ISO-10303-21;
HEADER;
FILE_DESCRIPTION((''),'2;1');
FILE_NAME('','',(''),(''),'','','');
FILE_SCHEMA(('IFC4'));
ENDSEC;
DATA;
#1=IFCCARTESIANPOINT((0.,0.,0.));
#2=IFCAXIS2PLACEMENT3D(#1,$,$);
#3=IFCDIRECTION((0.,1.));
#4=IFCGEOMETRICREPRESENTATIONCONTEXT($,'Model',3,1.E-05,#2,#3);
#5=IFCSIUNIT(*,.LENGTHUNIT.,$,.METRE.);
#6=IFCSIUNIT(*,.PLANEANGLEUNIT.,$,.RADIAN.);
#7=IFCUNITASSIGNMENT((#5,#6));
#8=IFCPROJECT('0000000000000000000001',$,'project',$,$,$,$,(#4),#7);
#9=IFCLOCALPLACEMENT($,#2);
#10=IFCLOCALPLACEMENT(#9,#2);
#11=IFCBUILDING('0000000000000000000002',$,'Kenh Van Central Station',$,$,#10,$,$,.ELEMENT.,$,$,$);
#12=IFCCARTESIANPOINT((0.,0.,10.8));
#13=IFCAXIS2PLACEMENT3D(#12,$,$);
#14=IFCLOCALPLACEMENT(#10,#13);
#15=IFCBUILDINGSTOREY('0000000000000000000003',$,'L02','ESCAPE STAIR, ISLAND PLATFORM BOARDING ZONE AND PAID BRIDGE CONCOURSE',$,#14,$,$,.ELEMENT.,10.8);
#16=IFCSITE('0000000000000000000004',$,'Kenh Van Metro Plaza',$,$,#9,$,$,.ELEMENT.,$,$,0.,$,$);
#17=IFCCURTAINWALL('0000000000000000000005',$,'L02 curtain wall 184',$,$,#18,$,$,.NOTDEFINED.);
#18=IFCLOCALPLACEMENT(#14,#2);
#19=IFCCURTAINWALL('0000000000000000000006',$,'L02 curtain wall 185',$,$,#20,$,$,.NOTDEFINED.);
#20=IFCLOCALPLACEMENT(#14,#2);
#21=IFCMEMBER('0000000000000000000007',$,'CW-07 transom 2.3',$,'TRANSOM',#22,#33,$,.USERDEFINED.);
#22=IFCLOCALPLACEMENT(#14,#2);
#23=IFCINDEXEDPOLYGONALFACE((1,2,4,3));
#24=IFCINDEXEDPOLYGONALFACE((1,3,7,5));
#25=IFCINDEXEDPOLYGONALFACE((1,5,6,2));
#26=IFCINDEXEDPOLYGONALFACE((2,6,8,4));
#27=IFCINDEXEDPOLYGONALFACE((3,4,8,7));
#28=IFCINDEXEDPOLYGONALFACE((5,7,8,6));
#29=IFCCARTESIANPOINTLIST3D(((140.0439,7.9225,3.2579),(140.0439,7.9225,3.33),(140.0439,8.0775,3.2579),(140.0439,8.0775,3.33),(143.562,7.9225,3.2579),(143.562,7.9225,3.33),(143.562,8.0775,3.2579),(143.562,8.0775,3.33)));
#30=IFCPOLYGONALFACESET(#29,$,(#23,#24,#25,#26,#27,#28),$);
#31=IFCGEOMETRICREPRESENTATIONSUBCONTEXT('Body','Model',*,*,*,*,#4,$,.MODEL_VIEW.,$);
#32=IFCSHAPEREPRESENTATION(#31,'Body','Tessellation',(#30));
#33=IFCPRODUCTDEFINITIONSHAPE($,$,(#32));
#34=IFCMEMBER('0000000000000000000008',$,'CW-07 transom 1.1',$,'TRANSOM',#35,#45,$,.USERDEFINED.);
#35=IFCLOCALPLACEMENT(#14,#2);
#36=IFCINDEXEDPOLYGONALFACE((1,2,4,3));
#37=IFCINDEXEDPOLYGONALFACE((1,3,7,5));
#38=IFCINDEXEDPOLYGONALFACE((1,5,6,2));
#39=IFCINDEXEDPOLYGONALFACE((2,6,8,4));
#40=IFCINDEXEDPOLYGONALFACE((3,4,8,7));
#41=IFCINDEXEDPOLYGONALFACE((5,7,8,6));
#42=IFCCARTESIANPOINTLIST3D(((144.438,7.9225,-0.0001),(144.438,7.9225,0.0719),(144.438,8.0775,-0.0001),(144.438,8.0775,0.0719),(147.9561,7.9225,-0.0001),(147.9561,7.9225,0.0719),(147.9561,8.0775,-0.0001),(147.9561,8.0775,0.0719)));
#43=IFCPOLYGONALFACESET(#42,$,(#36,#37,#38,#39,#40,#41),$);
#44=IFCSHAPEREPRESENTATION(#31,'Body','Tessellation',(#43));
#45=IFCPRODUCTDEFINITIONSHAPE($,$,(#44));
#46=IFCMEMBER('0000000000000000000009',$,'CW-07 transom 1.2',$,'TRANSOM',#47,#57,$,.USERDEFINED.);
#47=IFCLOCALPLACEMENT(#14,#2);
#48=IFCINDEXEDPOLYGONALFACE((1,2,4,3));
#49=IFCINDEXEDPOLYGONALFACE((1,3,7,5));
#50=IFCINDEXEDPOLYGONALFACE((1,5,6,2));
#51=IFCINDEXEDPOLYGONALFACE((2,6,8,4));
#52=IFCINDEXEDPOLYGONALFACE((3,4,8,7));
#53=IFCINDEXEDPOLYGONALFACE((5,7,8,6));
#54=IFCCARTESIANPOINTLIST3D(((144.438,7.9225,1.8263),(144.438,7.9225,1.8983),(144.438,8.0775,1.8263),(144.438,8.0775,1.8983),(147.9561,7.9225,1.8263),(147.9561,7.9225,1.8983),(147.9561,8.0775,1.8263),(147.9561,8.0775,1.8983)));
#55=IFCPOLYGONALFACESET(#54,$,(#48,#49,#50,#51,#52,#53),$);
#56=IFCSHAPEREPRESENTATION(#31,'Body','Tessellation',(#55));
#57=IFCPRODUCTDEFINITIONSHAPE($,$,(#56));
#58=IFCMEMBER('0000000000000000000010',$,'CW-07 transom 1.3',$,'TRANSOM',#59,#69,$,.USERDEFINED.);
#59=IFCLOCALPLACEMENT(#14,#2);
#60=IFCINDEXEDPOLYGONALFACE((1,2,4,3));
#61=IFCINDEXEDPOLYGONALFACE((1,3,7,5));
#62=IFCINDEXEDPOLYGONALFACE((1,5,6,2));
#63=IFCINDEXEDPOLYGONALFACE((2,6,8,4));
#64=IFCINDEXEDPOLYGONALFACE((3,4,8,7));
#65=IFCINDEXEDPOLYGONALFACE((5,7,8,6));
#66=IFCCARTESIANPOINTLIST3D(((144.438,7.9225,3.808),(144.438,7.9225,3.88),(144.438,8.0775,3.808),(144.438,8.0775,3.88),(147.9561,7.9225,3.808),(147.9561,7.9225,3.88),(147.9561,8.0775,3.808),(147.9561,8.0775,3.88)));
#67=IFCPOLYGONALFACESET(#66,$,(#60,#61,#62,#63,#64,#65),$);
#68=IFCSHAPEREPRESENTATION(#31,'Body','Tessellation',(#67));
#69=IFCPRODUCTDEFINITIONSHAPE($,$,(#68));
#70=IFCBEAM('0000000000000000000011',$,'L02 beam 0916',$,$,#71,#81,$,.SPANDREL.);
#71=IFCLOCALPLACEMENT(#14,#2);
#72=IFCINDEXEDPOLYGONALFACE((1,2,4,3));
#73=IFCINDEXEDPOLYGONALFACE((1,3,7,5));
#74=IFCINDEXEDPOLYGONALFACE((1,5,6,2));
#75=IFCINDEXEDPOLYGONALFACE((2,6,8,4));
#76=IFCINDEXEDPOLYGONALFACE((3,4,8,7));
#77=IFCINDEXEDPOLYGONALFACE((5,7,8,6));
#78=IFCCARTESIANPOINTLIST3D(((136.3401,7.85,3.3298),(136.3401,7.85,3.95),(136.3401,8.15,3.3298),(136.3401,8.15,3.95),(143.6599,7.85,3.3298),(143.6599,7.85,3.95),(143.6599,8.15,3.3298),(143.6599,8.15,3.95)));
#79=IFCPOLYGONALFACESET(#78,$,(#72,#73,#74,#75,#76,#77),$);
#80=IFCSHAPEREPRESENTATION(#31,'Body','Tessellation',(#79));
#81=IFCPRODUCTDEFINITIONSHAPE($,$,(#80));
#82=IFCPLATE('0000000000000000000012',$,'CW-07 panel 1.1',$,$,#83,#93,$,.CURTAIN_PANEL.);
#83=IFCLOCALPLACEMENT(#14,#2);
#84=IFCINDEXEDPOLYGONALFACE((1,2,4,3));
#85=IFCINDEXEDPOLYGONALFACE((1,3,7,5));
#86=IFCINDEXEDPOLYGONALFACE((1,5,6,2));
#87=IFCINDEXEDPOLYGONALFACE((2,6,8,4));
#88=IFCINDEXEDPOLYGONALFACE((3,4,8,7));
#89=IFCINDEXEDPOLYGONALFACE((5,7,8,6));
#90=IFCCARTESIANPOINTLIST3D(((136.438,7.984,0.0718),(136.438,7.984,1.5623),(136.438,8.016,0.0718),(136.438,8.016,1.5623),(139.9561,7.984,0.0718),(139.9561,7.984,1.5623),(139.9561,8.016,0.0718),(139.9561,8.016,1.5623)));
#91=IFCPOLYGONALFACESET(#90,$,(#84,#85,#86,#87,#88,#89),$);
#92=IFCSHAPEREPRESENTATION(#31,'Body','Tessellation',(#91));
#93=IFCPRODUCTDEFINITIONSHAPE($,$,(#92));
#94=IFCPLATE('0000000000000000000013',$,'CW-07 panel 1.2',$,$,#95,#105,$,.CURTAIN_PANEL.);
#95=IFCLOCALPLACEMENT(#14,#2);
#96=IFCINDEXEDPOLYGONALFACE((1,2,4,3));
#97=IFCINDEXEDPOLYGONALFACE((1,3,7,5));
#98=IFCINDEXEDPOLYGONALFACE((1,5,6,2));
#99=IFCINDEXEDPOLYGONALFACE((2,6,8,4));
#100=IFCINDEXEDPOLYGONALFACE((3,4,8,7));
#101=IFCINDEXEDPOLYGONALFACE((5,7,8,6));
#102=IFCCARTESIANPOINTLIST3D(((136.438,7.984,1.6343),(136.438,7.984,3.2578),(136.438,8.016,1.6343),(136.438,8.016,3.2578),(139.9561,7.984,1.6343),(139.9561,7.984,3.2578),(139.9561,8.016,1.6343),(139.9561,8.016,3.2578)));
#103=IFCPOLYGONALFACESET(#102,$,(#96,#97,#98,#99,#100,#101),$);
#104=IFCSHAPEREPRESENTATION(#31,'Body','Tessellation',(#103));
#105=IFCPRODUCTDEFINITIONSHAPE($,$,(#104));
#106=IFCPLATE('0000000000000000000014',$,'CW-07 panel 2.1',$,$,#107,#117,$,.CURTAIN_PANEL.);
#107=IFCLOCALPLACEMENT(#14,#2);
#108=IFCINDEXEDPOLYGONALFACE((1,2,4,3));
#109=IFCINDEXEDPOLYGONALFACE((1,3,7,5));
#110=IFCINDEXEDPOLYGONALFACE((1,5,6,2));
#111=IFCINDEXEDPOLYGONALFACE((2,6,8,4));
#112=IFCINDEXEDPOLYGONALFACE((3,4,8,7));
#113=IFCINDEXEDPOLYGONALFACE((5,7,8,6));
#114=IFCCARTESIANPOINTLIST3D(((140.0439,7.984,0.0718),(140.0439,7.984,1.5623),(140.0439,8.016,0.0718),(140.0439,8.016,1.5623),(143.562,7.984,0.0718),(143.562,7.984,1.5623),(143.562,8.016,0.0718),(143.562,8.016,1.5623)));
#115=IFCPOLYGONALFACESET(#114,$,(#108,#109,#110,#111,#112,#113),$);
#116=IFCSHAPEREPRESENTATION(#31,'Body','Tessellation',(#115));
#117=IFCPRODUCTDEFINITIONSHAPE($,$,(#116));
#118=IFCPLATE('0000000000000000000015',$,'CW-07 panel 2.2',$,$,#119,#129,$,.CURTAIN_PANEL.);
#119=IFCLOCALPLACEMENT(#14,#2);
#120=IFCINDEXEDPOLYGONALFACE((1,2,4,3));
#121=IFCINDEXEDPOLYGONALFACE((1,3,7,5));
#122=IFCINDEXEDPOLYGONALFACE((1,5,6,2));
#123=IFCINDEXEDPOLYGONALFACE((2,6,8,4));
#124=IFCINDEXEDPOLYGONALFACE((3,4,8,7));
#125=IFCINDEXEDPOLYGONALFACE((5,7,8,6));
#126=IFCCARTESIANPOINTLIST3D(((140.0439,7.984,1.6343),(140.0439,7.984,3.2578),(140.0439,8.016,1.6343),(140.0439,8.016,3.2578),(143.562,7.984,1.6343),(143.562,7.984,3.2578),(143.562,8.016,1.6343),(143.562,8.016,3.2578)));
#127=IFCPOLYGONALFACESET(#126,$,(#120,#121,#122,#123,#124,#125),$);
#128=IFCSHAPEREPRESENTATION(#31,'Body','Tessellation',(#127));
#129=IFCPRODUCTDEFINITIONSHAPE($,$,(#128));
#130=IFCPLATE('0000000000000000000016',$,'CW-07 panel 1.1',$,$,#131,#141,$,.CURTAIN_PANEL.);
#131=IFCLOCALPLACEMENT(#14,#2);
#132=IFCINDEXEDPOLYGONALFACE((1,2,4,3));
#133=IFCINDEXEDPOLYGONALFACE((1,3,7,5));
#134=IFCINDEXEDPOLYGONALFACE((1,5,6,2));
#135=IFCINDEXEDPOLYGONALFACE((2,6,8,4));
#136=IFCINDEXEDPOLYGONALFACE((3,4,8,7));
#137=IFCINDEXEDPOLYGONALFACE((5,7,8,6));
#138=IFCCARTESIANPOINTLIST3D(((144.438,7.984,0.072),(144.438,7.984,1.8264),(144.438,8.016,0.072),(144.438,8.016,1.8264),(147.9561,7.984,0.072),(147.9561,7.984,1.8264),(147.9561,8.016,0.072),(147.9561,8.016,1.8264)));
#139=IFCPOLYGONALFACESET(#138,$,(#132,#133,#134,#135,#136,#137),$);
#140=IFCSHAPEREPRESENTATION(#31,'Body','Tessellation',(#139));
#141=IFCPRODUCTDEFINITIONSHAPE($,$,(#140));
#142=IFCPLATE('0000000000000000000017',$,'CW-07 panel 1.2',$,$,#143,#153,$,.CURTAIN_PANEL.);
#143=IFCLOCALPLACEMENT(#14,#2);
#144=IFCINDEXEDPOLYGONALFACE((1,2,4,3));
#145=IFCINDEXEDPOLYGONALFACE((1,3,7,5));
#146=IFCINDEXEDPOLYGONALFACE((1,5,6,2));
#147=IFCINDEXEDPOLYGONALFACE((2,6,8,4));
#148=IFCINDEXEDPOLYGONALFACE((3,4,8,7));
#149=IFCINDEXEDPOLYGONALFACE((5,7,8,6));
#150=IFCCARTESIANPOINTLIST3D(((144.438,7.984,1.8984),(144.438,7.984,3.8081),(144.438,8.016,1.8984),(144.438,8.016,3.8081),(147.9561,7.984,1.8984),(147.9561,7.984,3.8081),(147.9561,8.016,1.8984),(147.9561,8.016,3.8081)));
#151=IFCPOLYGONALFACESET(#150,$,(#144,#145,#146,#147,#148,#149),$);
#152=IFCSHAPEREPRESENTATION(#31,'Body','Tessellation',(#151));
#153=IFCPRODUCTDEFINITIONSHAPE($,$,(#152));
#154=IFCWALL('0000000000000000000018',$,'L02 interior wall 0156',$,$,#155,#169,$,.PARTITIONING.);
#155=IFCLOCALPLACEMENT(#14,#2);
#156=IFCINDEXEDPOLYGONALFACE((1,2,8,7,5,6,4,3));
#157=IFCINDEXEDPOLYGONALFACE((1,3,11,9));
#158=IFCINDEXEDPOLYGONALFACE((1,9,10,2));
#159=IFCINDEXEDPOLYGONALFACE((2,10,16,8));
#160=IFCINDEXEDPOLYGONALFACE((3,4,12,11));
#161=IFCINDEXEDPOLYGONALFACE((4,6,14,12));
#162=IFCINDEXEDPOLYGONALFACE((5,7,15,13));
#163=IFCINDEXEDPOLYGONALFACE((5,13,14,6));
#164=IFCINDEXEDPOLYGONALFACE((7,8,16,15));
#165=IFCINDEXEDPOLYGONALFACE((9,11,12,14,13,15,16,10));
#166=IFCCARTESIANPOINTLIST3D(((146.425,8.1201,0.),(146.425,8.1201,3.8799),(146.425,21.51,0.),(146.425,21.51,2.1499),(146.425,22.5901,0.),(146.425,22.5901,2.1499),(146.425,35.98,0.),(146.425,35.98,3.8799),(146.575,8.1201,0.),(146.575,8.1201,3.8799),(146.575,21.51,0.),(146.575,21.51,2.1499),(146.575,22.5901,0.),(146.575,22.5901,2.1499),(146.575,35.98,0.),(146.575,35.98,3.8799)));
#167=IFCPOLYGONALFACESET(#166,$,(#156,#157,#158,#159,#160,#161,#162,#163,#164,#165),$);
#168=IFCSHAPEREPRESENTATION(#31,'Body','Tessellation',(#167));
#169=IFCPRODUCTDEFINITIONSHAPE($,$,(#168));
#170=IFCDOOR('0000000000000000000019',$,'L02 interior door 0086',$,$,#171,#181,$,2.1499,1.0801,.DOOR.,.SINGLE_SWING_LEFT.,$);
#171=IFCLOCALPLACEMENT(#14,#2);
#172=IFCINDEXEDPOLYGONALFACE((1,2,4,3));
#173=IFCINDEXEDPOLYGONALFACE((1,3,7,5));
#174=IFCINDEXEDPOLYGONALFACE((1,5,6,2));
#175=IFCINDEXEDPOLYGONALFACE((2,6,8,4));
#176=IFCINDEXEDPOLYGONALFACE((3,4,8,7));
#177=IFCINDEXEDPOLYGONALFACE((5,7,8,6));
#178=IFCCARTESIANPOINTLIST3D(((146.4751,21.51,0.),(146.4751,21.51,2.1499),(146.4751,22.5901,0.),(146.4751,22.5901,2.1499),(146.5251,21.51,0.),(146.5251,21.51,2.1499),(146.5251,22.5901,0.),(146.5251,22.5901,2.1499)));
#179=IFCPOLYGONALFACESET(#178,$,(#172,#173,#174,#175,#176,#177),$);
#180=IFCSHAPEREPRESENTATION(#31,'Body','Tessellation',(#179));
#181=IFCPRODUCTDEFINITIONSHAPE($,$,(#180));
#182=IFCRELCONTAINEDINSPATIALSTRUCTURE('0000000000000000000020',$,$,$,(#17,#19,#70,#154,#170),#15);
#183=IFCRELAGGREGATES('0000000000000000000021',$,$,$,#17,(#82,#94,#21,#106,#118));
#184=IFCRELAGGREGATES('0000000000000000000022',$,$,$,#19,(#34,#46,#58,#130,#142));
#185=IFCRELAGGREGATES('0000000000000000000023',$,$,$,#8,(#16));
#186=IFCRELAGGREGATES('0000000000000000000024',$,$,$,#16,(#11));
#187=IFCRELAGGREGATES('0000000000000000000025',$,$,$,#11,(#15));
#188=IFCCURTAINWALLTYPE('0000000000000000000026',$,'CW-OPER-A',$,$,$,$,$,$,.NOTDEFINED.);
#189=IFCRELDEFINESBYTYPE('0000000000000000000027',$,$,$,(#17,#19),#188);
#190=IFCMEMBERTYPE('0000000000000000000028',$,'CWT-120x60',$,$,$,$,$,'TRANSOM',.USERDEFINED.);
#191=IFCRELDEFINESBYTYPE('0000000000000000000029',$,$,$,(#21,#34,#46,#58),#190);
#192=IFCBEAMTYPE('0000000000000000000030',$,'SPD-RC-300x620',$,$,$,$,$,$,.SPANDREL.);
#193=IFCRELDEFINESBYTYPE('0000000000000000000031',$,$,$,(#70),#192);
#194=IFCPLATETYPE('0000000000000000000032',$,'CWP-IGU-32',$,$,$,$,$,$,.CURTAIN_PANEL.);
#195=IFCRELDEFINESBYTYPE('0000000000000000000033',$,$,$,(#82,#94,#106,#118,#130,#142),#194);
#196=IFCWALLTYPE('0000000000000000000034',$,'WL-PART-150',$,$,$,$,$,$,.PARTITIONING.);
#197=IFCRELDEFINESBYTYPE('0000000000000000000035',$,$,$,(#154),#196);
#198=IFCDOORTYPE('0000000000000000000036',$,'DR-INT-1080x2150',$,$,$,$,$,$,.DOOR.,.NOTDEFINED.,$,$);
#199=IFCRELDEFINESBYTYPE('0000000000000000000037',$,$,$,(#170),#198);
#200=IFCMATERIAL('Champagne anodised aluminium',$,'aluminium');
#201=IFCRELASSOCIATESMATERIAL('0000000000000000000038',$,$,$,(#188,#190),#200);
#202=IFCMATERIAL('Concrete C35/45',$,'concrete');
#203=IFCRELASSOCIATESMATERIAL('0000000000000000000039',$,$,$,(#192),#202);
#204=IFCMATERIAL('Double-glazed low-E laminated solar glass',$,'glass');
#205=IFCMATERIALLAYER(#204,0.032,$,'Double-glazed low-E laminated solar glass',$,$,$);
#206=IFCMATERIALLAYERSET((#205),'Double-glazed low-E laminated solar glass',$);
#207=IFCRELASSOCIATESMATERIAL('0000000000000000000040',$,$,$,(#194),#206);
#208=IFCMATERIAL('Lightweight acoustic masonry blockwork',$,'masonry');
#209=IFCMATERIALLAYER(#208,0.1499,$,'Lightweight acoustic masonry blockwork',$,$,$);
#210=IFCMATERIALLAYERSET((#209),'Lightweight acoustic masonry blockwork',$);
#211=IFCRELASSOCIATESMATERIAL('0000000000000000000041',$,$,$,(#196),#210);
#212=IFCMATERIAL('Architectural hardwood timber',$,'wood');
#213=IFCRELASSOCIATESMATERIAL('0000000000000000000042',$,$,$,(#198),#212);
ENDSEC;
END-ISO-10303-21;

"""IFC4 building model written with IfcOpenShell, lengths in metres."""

from ifc_helpers import new_model, si_unit, direction, frame, frame_2d, origin, origin_2d, place, context, subcontext, project, spatial, rectangle, extrude, material, layer, layer_set, material_profile, profile_set, type_object, element, fill, aggregate, save


model = new_model("IFC4")

# Units and contexts
model_context = context("Model", 3, precision=1e-05, world=origin(), true_north=direction((0.0, 1.0)))
body_context = subcontext(model_context, "Body", "Model", "MODEL_VIEW")
ifc_project = project(units=[si_unit("LENGTHUNIT", "METRE"), si_unit("PLANEANGLEUNIT", "RADIAN")], contexts=[model_context])

# Site, building, storey
site_placement = place(None, origin())
site = spatial("IfcSite", under=ifc_project, at=site_placement, Name="Kenh Van Metro Plaza", CompositionType="ELEMENT", RefElevation=0.0)
building_placement = place(site_placement, origin())
building = spatial("IfcBuilding", under=site, at=building_placement, Name="Kenh Van Central Station", CompositionType="ELEMENT")
storey_placement = place(building_placement, frame((0.0, 0.0, 10.8)))
storey = spatial("IfcBuildingStorey", under=building, at=storey_placement, Name="L02", Description="ESCAPE STAIR, ISLAND PLATFORM BOARDING ZONE AND PAID BRIDGE CONCOURSE", CompositionType="ELEMENT", Elevation=10.8)

# Shared definitions
ifc_material_1 = material(Name="Concrete C35/45", Category="concrete")

# Curtain wall
ifc_material_2 = material(Name="Champagne anodised aluminium", Category="aluminium")
curtain_wall_type = type_object("IfcCurtainWallType", Name="CW-OPER-A", PredefinedType="NOTDEFINED", material=ifc_material_2)
curtain_wall_1_placement = place(storey_placement, origin())
curtain_wall_1 = element("IfcCurtainWall", 1, at=curtain_wall_1_placement, inside=storey, type_object=curtain_wall_type, Name="L02 curtain wall 184", PredefinedType="NOTDEFINED")

# Curtain wall
curtain_wall_2_placement = place(storey_placement, origin())
curtain_wall_2 = element("IfcCurtainWall", 2, at=curtain_wall_2_placement, inside=storey, type_object=curtain_wall_type, Name="L02 curtain wall 185", PredefinedType="NOTDEFINED")

# Members
ifc_material_profile_1 = material_profile(ifc_material_2, rectangle(XDim=0.155, YDim=0.072, at=origin_2d()), Name="AL 155x72")
ifc_profile_set_1 = profile_set([ifc_material_profile_1], Name="Champagne anodised aluminium")
member_type_1 = type_object("IfcMemberType", Name="CWT-120x60", ElementType="TRANSOM", PredefinedType="USERDEFINED", material=ifc_profile_set_1)
member_1_placement = place(storey_placement, frame((140.0439, 8.0, 3.2939), z_axis=(1.0, 0.0, 0.0), x_axis=(0.0, 1.0, 0.0)))
member_1 = element("IfcMember", 3, at=member_1_placement, type_object=member_type_1, Name="CW-07 transom 2.3", ObjectType="TRANSOM", PredefinedType="USERDEFINED", context=body_context, shape_type="SweptSolid", body=[
    extrude(rectangle(XDim=0.155, YDim=0.072, at=origin_2d()), origin(), (0.0, 0.0, 1.0), 3.5181),
])
member_2_placement = place(storey_placement, frame((144.438, 8.0, 0.0359), z_axis=(1.0, 0.0, 0.0), x_axis=(0.0, 1.0, 0.0)))
member_2 = element("IfcMember", 4, at=member_2_placement, type_object=member_type_1, Name="CW-07 transom 1.1", ObjectType="TRANSOM", PredefinedType="USERDEFINED", context=body_context, shape_type="SweptSolid", body=[
    extrude(rectangle(XDim=0.155, YDim=0.072, at=origin_2d()), origin(), (0.0, 0.0, 1.0), 3.5181),
])
member_3_placement = place(storey_placement, frame((144.438, 8.0, 1.8623), z_axis=(1.0, 0.0, 0.0), x_axis=(0.0, 1.0, 0.0)))
member_3 = element("IfcMember", 5, at=member_3_placement, type_object=member_type_1, Name="CW-07 transom 1.2", ObjectType="TRANSOM", PredefinedType="USERDEFINED", context=body_context, shape_type="SweptSolid", body=[
    extrude(rectangle(XDim=0.155, YDim=0.072, at=origin_2d()), origin(), (0.0, 0.0, 1.0), 3.5181),
])
member_4_placement = place(storey_placement, frame((144.438, 8.0, 3.844), z_axis=(1.0, 0.0, 0.0), x_axis=(0.0, 1.0, 0.0)))
member_4 = element("IfcMember", 6, at=member_4_placement, type_object=member_type_1, Name="CW-07 transom 1.3", ObjectType="TRANSOM", PredefinedType="USERDEFINED", context=body_context, shape_type="SweptSolid", body=[
    extrude(rectangle(XDim=0.155, YDim=0.072, at=origin_2d()), origin(), (0.0, 0.0, 1.0), 3.5181),
])

# Beam
ifc_material_profile_2 = material_profile(ifc_material_1, rectangle(XDim=0.3, YDim=0.6201, at=origin_2d()), Name="RC 300x620")
ifc_profile_set_2 = profile_set([ifc_material_profile_2], Name="Concrete C35/45")
beam_type_1 = type_object("IfcBeamType", Name="SPD-RC-300x620", PredefinedType="SPANDREL", material=ifc_profile_set_2)
beam_placement = place(storey_placement, frame((136.3401, 8.0, 3.6399), z_axis=(1.0, 0.0, 0.0), x_axis=(0.0, 1.0, 0.0)))
element("IfcBeam", 7, at=beam_placement, inside=storey, type_object=beam_type_1, Name="L02 beam 0916", PredefinedType="SPANDREL", context=body_context, shape_type="SweptSolid", body=[
    extrude(rectangle(XDim=0.3, YDim=0.6201, at=origin_2d()), origin(), (0.0, 0.0, 1.0), 7.3198),
])

# Plates
ifc_material_3 = material(Name="Double-glazed low-E laminated solar glass", Category="glass")
ifc_layer_1 = layer(ifc_material_3, 0.032, Name="Double-glazed low-E laminated solar glass")
ifc_layer_set_1 = layer_set([ifc_layer_1], Name="Double-glazed low-E laminated solar glass")
plate_type = type_object("IfcPlateType", Name="CWP-IGU-32", PredefinedType="CURTAIN_PANEL", material=ifc_layer_set_1)
plate_1_placement = place(storey_placement, frame((138.197, 8.0, 0.0718), z_axis=(0.0, 0.0, 1.0), x_axis=(1.0, 0.0, 0.0)))
plate_1 = element("IfcPlate", 8, at=plate_1_placement, type_object=plate_type, Name="CW-07 panel 1.1", PredefinedType="CURTAIN_PANEL", context=body_context, shape_type="SweptSolid", body=[
    extrude(rectangle(XDim=3.5181, YDim=0.032, at=origin_2d()), origin(), (0.0, 0.0, 1.0), 1.4905),
])
plate_2_placement = place(storey_placement, frame((138.197, 8.0, 1.6343), z_axis=(0.0, 0.0, 1.0), x_axis=(1.0, 0.0, 0.0)))
plate_2 = element("IfcPlate", 9, at=plate_2_placement, type_object=plate_type, Name="CW-07 panel 1.2", PredefinedType="CURTAIN_PANEL", context=body_context, shape_type="SweptSolid", body=[
    extrude(rectangle(XDim=3.5181, YDim=0.032, at=origin_2d()), origin(), (0.0, 0.0, 1.0), 1.6235),
])
plate_3_placement = place(storey_placement, frame((141.803, 8.0, 0.0718), z_axis=(0.0, 0.0, 1.0), x_axis=(1.0, 0.0, 0.0)))
plate_3 = element("IfcPlate", 10, at=plate_3_placement, type_object=plate_type, Name="CW-07 panel 2.1", PredefinedType="CURTAIN_PANEL", context=body_context, shape_type="SweptSolid", body=[
    extrude(rectangle(XDim=3.5181, YDim=0.032, at=origin_2d()), origin(), (0.0, 0.0, 1.0), 1.4905),
])
plate_4_placement = place(storey_placement, frame((141.803, 8.0, 1.6343), z_axis=(0.0, 0.0, 1.0), x_axis=(1.0, 0.0, 0.0)))
plate_4 = element("IfcPlate", 11, at=plate_4_placement, type_object=plate_type, Name="CW-07 panel 2.2", PredefinedType="CURTAIN_PANEL", context=body_context, shape_type="SweptSolid", body=[
    extrude(rectangle(XDim=3.5181, YDim=0.032, at=origin_2d()), origin(), (0.0, 0.0, 1.0), 1.6235),
])
aggregate(curtain_wall_1, [plate_1, plate_2, member_1, plate_3, plate_4])
plate_5_placement = place(storey_placement, frame((146.197, 8.0, 0.072), z_axis=(0.0, 0.0, 1.0), x_axis=(1.0, 0.0, 0.0)))
plate_5 = element("IfcPlate", 12, at=plate_5_placement, type_object=plate_type, Name="CW-07 panel 1.1", PredefinedType="CURTAIN_PANEL", context=body_context, shape_type="SweptSolid", body=[
    extrude(rectangle(XDim=3.5181, YDim=0.032, at=origin_2d()), origin(), (0.0, 0.0, 1.0), 1.7544),
])
plate_6_placement = place(storey_placement, frame((146.197, 8.0, 1.8984), z_axis=(0.0, 0.0, 1.0), x_axis=(1.0, 0.0, 0.0)))
plate_6 = element("IfcPlate", 13, at=plate_6_placement, type_object=plate_type, Name="CW-07 panel 1.2", PredefinedType="CURTAIN_PANEL", context=body_context, shape_type="SweptSolid", body=[
    extrude(rectangle(XDim=3.5181, YDim=0.032, at=origin_2d()), origin(), (0.0, 0.0, 1.0), 1.9097),
])
aggregate(curtain_wall_2, [member_2, member_3, member_4, plate_5, plate_6])

# Wall, opening, door
ifc_material_4 = material(Name="Lightweight acoustic masonry blockwork", Category="masonry")
ifc_layer_2 = layer(ifc_material_4, 0.1499, Name="Lightweight acoustic masonry blockwork")
ifc_layer_set_2 = layer_set([ifc_layer_2], Name="Lightweight acoustic masonry blockwork")
wall_type = type_object("IfcWallType", Name="WL-PART-150", PredefinedType="PARTITIONING", material=ifc_layer_set_2)
wall_placement = place(storey_placement, frame((146.5, 8.1201, 0.0), z_axis=(0.0, 0.0, 1.0), x_axis=(0.0, 1.0, 0.0)))
wall = element("IfcWall", 14, at=wall_placement, inside=storey, type_object=wall_type, Name="L02 interior wall 0156", PredefinedType="PARTITIONING", context=body_context, shape_type="SweptSolid", body=[
    extrude(rectangle(XDim=27.8599, YDim=0.1499, at=frame_2d((13.9299, 0.0))), origin(), (0.0, 0.0, 1.0), 3.8799),
])
opening_placement = place(wall_placement, frame((13.3899, 0.0, 0.0)))
opening = element("IfcOpeningElement", 15, at=opening_placement, cuts=wall, PredefinedType="OPENING", context=body_context, shape_type="SweptSolid", body=[
    extrude(rectangle(XDim=1.0801, YDim=2.1499, at=frame_2d((0.54, 1.075))), frame((0.0, 0.085, 0.0), z_axis=(0.0, -1.0, 0.0), x_axis=(1.0, 0.0, 0.0)), (0.0, 0.0, 1.0), 0.1699),
])
ifc_material_5 = material(Name="Architectural hardwood timber", Category="wood")
door_type = type_object("IfcDoorType", Name="DR-INT-1080x2150", OperationType="NOTDEFINED", PredefinedType="DOOR", material=ifc_material_5)
door_placement = place(opening_placement, origin())
door = element("IfcDoor", 16, at=door_placement, inside=storey, type_object=door_type, Name="L02 interior door 0086", OperationType="SINGLE_SWING_LEFT", OverallHeight=2.1499, OverallWidth=1.0801, PredefinedType="DOOR", context=body_context, shape_type="SweptSolid", body=[
    extrude(rectangle(XDim=1.0801, YDim=2.1499, at=frame_2d((0.54, 1.075))), frame((0.0, 0.0249, 0.0), z_axis=(0.0, -1.0, 0.0), x_axis=(1.0, 0.0, 0.0)), (0.0, 0.0, 1.0), 0.05),
])
fill(opening, door)

save(model, "model.ifc")
